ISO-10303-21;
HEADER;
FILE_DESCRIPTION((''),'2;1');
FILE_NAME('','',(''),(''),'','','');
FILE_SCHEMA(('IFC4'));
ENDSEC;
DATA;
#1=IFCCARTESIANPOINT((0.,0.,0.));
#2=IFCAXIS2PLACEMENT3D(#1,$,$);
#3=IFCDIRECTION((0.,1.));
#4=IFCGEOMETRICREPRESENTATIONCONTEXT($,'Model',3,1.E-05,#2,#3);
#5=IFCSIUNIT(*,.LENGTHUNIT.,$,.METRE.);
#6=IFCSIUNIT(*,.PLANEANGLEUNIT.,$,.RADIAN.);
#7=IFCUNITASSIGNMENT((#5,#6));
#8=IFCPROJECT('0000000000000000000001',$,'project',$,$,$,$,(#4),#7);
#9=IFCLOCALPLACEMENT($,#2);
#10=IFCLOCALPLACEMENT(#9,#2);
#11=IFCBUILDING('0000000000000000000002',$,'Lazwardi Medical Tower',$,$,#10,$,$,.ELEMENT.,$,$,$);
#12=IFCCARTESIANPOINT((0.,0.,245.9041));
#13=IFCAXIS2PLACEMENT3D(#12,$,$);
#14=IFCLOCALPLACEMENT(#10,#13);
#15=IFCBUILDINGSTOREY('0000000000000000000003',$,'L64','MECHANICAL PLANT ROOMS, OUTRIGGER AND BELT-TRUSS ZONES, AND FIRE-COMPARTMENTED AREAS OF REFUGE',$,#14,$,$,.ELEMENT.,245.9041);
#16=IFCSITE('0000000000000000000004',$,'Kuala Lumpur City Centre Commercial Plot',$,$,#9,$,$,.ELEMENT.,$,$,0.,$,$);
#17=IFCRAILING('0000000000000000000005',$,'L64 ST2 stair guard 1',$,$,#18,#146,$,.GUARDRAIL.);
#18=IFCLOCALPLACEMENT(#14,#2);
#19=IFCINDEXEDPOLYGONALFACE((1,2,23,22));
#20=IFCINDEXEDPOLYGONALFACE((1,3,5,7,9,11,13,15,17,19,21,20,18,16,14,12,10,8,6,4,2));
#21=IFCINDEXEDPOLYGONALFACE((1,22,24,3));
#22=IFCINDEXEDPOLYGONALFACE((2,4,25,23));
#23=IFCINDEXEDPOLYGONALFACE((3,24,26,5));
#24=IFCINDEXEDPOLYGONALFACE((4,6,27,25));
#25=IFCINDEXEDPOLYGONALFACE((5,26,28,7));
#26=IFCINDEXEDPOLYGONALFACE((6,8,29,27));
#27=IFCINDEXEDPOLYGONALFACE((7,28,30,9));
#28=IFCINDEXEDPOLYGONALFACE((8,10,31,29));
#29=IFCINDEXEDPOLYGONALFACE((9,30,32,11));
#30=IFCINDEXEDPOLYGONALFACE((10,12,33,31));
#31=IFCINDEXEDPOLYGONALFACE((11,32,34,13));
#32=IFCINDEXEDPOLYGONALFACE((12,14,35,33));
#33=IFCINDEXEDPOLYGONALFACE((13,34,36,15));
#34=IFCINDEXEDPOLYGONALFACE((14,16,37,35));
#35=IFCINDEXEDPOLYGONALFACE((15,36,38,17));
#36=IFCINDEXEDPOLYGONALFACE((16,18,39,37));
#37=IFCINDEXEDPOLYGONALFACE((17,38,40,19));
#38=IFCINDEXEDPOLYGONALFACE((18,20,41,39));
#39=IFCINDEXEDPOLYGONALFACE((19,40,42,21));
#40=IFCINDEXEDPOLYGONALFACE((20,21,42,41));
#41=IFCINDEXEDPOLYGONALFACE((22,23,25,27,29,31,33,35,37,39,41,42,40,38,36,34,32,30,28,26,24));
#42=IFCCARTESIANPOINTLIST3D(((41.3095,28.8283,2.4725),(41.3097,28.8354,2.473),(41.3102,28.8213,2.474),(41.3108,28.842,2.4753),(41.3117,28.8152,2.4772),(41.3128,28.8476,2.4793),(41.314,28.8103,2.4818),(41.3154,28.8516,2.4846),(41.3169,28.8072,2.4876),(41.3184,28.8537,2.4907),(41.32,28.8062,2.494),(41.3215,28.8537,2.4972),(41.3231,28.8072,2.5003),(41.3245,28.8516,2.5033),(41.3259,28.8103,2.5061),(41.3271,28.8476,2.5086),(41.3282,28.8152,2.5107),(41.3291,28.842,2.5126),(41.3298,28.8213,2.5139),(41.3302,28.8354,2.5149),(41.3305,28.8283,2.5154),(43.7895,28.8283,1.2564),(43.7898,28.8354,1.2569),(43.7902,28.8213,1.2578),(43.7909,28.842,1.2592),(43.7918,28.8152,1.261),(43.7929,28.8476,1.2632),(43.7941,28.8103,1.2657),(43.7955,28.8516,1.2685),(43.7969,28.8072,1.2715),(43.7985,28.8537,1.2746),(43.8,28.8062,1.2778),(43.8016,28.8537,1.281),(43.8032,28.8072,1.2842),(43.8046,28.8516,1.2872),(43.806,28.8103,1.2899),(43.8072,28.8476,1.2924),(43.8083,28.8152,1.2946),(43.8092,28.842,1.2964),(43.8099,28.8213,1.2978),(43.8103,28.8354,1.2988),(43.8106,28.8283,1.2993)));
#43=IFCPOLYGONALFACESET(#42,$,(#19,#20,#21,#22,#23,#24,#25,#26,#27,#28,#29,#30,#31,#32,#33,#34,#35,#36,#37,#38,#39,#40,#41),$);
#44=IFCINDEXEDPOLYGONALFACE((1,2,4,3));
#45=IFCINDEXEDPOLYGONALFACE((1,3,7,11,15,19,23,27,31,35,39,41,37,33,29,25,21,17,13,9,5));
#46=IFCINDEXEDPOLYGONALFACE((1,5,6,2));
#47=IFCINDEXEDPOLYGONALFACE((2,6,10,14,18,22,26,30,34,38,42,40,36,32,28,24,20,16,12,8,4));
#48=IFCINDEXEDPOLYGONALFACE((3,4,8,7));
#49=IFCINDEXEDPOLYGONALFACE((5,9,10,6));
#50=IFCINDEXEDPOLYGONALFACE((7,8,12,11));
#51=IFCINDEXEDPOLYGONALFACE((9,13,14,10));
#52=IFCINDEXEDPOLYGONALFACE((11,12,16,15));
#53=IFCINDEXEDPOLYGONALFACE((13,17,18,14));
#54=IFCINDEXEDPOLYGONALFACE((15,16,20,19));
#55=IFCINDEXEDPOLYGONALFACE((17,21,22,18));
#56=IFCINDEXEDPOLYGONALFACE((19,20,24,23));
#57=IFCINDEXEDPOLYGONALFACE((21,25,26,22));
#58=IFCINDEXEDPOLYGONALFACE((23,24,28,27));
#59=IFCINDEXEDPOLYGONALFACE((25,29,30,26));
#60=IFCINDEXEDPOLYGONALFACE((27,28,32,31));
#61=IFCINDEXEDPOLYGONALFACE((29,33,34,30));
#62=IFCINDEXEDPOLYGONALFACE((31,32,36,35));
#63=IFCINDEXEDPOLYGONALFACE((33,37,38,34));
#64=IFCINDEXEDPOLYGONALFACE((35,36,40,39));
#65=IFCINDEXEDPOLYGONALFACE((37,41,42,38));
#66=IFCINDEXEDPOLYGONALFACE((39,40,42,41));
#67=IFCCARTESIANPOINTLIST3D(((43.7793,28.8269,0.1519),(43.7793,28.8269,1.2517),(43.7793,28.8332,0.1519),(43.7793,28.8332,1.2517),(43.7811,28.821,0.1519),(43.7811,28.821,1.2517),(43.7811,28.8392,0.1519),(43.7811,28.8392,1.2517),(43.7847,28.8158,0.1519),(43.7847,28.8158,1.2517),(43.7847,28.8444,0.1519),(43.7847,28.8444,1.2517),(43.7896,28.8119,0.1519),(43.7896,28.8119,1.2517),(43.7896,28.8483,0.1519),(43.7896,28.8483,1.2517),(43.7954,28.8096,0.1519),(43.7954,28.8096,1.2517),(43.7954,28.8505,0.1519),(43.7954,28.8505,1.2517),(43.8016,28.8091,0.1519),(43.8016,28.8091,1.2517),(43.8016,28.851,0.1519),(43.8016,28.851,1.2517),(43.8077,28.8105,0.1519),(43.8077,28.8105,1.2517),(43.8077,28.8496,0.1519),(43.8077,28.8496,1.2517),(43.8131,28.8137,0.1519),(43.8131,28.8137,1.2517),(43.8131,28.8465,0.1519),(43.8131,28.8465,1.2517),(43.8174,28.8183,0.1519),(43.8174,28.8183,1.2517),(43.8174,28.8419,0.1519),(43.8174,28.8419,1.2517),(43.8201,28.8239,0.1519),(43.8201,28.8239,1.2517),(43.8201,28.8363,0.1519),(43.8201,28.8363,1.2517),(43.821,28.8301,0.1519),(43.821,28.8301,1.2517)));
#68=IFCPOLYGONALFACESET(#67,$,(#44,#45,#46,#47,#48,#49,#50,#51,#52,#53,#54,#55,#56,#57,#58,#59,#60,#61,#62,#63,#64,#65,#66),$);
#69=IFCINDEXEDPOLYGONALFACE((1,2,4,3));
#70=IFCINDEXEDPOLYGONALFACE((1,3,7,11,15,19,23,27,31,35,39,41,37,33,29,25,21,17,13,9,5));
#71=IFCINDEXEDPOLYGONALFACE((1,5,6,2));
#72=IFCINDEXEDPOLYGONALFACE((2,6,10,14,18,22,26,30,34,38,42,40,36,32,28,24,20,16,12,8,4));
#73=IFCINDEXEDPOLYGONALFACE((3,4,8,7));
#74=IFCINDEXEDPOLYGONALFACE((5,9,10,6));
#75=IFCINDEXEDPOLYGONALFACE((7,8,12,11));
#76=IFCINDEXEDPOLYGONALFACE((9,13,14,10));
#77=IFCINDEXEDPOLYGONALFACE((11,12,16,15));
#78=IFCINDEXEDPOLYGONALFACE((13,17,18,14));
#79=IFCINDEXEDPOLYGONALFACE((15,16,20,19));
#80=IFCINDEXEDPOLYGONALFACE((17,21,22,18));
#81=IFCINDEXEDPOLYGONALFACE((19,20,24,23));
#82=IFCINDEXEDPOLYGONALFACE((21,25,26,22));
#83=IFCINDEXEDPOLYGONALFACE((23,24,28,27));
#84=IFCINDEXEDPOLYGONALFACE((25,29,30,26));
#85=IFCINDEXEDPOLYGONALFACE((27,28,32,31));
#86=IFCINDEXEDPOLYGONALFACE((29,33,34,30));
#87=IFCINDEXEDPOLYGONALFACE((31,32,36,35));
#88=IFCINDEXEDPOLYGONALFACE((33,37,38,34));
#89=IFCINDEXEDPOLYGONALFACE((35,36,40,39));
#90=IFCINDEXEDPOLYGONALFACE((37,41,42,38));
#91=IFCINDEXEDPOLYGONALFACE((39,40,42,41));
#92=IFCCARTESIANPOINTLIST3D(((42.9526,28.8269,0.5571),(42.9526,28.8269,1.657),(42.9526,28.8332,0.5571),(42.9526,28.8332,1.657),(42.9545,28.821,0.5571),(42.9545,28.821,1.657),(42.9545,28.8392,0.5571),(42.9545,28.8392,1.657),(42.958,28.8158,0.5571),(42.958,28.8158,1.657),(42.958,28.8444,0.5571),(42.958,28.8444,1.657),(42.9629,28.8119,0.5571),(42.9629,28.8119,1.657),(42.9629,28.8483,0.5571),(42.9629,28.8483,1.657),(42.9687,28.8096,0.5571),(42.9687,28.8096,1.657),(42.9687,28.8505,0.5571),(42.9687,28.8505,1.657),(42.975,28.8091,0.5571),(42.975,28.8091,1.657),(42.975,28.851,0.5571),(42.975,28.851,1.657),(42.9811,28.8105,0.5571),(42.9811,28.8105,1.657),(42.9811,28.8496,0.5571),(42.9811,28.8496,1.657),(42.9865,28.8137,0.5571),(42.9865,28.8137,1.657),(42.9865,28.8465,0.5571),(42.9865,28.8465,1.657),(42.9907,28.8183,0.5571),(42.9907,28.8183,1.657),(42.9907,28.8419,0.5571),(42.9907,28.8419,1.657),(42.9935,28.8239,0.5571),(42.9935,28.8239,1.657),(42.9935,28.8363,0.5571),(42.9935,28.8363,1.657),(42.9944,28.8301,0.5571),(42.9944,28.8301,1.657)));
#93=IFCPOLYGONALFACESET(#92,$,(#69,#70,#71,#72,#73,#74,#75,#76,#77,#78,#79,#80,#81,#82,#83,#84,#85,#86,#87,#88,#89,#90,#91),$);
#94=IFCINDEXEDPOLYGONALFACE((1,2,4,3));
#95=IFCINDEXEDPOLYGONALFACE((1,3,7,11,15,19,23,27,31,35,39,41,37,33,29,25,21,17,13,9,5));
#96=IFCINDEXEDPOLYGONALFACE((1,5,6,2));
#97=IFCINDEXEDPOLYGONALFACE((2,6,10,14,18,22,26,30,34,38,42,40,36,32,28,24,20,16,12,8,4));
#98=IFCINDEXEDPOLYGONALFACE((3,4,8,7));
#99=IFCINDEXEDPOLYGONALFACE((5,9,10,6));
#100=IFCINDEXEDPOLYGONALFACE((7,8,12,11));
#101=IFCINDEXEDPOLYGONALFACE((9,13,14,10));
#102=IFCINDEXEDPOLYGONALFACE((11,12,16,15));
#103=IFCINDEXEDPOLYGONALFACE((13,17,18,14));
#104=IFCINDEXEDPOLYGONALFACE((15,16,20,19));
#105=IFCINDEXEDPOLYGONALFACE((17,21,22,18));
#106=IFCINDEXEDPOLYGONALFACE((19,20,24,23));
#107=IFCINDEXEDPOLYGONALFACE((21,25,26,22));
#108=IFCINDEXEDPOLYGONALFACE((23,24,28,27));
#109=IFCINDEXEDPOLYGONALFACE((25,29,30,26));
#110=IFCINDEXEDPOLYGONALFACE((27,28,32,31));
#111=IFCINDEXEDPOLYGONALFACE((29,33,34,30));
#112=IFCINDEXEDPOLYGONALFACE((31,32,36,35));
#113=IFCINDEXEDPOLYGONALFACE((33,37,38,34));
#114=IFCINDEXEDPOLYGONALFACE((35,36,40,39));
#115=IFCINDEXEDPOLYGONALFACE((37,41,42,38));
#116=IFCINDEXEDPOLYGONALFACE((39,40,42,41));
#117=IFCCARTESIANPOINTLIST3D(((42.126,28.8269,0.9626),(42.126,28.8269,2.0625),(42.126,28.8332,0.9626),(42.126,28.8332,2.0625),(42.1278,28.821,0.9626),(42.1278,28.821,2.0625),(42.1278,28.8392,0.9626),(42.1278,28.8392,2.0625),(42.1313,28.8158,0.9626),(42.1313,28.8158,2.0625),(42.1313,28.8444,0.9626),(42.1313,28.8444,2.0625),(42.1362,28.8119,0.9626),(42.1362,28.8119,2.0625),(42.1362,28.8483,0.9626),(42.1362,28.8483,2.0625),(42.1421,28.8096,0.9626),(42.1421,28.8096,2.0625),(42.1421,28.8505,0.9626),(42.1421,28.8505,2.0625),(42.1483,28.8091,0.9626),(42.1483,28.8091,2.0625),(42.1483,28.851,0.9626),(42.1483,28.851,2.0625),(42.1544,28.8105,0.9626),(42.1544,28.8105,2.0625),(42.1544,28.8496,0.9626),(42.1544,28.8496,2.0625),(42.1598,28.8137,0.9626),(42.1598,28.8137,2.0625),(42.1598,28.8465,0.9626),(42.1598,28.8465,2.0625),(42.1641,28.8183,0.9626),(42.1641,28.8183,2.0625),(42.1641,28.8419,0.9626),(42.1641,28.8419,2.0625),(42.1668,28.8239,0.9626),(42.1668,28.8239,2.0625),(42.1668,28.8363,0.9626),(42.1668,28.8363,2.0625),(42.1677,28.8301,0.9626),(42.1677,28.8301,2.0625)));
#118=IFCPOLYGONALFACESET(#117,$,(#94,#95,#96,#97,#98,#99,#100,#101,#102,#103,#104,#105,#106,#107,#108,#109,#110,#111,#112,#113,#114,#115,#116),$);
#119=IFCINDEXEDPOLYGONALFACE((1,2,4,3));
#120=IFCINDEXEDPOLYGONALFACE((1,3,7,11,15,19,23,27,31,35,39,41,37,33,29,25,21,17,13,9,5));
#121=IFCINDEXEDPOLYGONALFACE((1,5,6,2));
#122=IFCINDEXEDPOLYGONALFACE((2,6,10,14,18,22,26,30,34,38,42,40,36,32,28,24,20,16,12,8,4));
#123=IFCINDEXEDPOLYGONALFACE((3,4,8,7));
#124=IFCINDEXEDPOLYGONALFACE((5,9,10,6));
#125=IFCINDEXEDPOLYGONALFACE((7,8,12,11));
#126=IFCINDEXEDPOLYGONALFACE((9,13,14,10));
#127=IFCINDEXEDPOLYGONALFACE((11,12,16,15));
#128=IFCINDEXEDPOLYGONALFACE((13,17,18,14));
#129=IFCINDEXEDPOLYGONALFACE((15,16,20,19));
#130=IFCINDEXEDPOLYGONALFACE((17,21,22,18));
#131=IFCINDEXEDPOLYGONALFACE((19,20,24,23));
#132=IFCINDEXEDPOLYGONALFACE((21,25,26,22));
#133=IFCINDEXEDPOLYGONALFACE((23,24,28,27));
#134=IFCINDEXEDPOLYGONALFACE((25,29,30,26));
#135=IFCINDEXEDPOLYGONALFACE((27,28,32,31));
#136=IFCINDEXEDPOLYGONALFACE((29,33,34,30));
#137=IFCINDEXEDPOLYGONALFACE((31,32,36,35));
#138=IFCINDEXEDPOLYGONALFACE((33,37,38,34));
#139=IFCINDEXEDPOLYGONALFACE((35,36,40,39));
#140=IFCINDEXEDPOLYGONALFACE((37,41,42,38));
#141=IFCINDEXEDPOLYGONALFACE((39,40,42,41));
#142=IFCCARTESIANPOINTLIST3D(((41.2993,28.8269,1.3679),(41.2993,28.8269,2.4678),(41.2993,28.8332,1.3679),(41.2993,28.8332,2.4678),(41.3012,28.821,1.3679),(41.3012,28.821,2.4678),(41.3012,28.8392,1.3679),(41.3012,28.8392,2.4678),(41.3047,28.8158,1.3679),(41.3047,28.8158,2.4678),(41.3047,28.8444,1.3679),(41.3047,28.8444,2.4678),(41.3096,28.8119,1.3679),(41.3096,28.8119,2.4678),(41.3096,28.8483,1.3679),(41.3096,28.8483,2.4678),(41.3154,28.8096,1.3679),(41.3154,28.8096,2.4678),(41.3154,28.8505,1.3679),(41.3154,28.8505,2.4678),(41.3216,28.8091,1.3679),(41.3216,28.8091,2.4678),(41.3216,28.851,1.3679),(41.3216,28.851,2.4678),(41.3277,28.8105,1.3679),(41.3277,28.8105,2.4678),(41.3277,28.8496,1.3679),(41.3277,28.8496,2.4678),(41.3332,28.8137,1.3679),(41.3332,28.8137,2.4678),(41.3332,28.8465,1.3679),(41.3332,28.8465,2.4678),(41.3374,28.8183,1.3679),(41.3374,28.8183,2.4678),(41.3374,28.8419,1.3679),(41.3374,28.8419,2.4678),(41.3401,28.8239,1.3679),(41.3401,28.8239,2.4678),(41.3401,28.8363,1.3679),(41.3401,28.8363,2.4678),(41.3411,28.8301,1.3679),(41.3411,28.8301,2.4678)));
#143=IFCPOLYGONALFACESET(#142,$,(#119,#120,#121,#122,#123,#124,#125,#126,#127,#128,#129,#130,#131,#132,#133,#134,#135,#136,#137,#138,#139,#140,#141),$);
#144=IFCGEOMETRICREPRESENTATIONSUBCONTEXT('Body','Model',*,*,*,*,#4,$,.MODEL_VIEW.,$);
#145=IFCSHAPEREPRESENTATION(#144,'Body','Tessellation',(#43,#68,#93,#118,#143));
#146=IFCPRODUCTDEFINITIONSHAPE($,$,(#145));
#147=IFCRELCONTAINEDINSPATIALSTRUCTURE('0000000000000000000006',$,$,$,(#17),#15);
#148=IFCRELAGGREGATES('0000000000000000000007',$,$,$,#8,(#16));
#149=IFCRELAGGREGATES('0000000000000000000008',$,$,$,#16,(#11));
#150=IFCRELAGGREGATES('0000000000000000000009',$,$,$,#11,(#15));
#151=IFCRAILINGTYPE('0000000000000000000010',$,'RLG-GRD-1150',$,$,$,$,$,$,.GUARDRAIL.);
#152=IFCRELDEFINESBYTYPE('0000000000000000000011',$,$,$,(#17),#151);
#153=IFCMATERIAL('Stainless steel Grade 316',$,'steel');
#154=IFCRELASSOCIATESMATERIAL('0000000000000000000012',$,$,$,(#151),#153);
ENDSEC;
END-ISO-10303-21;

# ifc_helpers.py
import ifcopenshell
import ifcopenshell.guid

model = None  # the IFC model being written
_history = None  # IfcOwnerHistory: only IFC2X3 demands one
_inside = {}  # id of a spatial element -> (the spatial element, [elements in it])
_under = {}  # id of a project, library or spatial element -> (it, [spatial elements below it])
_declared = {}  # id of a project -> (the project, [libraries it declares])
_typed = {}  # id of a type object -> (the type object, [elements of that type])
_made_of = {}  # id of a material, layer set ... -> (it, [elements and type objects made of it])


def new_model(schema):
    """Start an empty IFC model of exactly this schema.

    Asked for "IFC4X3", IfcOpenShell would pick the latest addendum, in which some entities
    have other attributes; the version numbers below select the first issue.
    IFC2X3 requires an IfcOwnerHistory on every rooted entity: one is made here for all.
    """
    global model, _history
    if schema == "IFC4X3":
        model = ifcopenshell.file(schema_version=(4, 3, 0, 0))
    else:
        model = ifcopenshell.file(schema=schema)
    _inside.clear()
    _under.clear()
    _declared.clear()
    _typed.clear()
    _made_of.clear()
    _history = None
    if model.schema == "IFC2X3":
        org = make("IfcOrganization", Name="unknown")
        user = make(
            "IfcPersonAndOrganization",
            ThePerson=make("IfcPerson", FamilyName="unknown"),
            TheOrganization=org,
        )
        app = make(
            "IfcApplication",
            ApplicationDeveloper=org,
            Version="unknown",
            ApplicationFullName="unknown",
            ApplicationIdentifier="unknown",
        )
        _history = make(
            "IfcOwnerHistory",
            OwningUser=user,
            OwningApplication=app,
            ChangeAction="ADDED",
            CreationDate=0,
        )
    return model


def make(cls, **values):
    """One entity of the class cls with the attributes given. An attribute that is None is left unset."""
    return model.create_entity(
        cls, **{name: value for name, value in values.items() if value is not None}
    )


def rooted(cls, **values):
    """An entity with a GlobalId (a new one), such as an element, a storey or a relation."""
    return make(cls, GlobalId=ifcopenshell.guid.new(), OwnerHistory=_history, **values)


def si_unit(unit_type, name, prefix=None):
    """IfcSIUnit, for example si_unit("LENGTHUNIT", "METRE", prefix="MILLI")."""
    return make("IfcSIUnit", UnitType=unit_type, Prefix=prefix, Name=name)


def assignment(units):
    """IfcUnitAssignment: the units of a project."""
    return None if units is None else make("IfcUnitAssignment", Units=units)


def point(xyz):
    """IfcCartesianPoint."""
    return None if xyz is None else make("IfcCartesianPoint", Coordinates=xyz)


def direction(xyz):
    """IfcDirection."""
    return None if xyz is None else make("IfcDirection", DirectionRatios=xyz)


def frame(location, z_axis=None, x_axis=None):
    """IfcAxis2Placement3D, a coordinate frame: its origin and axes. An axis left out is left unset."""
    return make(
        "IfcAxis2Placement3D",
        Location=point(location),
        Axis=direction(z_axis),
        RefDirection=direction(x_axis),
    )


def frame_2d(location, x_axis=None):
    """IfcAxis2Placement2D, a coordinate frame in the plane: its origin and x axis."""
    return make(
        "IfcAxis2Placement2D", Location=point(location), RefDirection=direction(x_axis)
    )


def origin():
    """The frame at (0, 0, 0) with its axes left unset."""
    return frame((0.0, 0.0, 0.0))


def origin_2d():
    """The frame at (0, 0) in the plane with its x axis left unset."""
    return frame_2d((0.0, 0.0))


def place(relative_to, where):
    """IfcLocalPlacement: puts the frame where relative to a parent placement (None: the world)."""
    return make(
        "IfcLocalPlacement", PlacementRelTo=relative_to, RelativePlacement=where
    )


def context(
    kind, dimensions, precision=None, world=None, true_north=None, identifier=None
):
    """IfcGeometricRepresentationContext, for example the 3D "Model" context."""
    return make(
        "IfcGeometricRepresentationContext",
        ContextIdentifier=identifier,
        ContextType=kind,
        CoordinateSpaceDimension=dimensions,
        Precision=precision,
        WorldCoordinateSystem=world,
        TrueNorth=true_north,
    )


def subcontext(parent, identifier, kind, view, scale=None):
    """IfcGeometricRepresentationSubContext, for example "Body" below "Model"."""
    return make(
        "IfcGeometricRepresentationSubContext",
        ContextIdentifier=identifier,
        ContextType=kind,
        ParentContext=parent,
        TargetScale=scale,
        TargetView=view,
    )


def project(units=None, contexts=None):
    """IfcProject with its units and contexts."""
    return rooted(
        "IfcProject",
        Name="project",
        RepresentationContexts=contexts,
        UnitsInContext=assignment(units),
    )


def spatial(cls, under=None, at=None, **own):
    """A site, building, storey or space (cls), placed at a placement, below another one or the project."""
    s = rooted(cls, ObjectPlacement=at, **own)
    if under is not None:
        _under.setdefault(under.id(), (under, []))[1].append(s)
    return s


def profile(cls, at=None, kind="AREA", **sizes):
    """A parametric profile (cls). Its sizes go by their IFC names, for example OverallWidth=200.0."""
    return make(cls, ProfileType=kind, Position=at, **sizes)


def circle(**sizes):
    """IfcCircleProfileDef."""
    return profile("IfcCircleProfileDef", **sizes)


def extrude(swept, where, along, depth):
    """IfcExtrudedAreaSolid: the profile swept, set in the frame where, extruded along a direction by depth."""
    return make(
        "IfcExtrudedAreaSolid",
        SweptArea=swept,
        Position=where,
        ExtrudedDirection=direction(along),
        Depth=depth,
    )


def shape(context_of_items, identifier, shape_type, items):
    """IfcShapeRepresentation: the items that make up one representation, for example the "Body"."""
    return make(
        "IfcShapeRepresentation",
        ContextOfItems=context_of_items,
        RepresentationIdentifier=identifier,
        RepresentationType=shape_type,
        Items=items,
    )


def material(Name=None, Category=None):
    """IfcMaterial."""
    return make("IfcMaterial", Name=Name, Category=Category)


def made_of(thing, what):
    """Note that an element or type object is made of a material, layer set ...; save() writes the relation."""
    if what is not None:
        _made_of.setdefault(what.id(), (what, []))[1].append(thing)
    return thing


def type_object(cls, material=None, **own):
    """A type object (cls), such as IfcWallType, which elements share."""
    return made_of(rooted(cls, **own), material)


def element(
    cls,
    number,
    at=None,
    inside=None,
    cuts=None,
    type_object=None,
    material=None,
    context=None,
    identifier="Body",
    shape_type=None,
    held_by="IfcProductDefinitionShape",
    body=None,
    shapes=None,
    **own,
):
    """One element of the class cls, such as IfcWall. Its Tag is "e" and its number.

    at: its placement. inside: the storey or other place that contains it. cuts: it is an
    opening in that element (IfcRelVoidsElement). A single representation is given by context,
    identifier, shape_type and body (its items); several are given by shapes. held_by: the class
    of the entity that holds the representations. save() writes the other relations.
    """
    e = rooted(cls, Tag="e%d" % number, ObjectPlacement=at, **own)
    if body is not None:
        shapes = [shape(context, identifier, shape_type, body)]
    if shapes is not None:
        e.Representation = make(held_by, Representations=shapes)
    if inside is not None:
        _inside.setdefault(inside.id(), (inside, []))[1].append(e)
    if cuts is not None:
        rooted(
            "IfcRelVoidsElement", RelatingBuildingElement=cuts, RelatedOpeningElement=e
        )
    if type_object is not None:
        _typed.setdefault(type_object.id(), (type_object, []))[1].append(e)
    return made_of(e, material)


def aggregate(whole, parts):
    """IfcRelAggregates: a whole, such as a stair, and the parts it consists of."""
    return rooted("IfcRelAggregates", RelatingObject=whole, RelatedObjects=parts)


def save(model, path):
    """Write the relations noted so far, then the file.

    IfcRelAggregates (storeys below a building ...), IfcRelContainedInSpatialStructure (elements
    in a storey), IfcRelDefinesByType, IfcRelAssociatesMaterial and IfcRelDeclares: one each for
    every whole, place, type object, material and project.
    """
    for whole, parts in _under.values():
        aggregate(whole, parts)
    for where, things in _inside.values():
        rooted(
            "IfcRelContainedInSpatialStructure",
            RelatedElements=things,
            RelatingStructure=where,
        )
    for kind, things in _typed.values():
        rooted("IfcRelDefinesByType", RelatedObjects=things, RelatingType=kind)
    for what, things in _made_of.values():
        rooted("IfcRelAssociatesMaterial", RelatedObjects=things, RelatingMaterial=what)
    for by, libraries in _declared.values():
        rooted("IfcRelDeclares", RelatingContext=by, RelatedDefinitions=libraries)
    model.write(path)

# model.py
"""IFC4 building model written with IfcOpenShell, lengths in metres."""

from ifc_helpers import new_model, si_unit, direction, frame, origin, origin_2d, place, context, subcontext, project, spatial, circle, extrude, material, type_object, element, save


model = new_model("IFC4")

# Units and contexts
model_context = context("Model", 3, precision=1e-05, world=origin(), true_north=direction((0.0, 1.0)))
body_context = subcontext(model_context, "Body", "Model", "MODEL_VIEW")
ifc_project = project(units=[si_unit("LENGTHUNIT", "METRE"), si_unit("PLANEANGLEUNIT", "RADIAN")], contexts=[model_context])

# Site, building, storey
site_placement = place(None, origin())
site = spatial("IfcSite", under=ifc_project, at=site_placement, Name="Kuala Lumpur City Centre Commercial Plot", CompositionType="ELEMENT", RefElevation=0.0)
building_placement = place(site_placement, origin())
building = spatial("IfcBuilding", under=site, at=building_placement, Name="Lazwardi Medical Tower", CompositionType="ELEMENT")
storey_placement = place(building_placement, frame((0.0, 0.0, 245.9041)))
storey = spatial("IfcBuildingStorey", under=building, at=storey_placement, Name="L64", Description="MECHANICAL PLANT ROOMS, OUTRIGGER AND BELT-TRUSS ZONES, AND FIRE-COMPARTMENTED AREAS OF REFUGE", CompositionType="ELEMENT", Elevation=245.9041)

# Railing
ifc_material_1 = material(Name="Stainless steel Grade 316", Category="steel")
railing_type_1 = type_object("IfcRailingType", Name="RLG-GRD-1150", PredefinedType="GUARDRAIL", material=ifc_material_1)
railing_1_placement = place(storey_placement, frame((43.8, 28.8301, 0.1519)))
element("IfcRailing", 1, at=railing_1_placement, inside=storey, type_object=railing_type_1, Name="L64 ST2 stair guard 1", PredefinedType="GUARDRAIL", context=body_context, shape_type="SweptSolid", body=[
    extrude(circle(Radius=0.0239, at=origin_2d()), frame((0.0, 0.0, 1.126), z_axis=(-0.897865, 0.0, 0.44027), x_axis=(0.0, -1.0, 0.0)), (0.0, 0.0, 1.0), 2.7622),
    extrude(circle(Radius=0.021, at=origin_2d()), origin(), (0.0, 0.0, 1.0), 1.0999),
    extrude(circle(Radius=0.021, at=origin_2d()), frame((-0.8267, 0.0, 0.4053)), (0.0, 0.0, 1.0), 1.0999),
    extrude(circle(Radius=0.021, at=origin_2d()), frame((-1.6533, 0.0, 0.8108)), (0.0, 0.0, 1.0), 1.0999),
    extrude(circle(Radius=0.021, at=origin_2d()), frame((-2.48, 0.0, 1.2161)), (0.0, 0.0, 1.0), 1.0999),
])

save(model, "model.ifc")
